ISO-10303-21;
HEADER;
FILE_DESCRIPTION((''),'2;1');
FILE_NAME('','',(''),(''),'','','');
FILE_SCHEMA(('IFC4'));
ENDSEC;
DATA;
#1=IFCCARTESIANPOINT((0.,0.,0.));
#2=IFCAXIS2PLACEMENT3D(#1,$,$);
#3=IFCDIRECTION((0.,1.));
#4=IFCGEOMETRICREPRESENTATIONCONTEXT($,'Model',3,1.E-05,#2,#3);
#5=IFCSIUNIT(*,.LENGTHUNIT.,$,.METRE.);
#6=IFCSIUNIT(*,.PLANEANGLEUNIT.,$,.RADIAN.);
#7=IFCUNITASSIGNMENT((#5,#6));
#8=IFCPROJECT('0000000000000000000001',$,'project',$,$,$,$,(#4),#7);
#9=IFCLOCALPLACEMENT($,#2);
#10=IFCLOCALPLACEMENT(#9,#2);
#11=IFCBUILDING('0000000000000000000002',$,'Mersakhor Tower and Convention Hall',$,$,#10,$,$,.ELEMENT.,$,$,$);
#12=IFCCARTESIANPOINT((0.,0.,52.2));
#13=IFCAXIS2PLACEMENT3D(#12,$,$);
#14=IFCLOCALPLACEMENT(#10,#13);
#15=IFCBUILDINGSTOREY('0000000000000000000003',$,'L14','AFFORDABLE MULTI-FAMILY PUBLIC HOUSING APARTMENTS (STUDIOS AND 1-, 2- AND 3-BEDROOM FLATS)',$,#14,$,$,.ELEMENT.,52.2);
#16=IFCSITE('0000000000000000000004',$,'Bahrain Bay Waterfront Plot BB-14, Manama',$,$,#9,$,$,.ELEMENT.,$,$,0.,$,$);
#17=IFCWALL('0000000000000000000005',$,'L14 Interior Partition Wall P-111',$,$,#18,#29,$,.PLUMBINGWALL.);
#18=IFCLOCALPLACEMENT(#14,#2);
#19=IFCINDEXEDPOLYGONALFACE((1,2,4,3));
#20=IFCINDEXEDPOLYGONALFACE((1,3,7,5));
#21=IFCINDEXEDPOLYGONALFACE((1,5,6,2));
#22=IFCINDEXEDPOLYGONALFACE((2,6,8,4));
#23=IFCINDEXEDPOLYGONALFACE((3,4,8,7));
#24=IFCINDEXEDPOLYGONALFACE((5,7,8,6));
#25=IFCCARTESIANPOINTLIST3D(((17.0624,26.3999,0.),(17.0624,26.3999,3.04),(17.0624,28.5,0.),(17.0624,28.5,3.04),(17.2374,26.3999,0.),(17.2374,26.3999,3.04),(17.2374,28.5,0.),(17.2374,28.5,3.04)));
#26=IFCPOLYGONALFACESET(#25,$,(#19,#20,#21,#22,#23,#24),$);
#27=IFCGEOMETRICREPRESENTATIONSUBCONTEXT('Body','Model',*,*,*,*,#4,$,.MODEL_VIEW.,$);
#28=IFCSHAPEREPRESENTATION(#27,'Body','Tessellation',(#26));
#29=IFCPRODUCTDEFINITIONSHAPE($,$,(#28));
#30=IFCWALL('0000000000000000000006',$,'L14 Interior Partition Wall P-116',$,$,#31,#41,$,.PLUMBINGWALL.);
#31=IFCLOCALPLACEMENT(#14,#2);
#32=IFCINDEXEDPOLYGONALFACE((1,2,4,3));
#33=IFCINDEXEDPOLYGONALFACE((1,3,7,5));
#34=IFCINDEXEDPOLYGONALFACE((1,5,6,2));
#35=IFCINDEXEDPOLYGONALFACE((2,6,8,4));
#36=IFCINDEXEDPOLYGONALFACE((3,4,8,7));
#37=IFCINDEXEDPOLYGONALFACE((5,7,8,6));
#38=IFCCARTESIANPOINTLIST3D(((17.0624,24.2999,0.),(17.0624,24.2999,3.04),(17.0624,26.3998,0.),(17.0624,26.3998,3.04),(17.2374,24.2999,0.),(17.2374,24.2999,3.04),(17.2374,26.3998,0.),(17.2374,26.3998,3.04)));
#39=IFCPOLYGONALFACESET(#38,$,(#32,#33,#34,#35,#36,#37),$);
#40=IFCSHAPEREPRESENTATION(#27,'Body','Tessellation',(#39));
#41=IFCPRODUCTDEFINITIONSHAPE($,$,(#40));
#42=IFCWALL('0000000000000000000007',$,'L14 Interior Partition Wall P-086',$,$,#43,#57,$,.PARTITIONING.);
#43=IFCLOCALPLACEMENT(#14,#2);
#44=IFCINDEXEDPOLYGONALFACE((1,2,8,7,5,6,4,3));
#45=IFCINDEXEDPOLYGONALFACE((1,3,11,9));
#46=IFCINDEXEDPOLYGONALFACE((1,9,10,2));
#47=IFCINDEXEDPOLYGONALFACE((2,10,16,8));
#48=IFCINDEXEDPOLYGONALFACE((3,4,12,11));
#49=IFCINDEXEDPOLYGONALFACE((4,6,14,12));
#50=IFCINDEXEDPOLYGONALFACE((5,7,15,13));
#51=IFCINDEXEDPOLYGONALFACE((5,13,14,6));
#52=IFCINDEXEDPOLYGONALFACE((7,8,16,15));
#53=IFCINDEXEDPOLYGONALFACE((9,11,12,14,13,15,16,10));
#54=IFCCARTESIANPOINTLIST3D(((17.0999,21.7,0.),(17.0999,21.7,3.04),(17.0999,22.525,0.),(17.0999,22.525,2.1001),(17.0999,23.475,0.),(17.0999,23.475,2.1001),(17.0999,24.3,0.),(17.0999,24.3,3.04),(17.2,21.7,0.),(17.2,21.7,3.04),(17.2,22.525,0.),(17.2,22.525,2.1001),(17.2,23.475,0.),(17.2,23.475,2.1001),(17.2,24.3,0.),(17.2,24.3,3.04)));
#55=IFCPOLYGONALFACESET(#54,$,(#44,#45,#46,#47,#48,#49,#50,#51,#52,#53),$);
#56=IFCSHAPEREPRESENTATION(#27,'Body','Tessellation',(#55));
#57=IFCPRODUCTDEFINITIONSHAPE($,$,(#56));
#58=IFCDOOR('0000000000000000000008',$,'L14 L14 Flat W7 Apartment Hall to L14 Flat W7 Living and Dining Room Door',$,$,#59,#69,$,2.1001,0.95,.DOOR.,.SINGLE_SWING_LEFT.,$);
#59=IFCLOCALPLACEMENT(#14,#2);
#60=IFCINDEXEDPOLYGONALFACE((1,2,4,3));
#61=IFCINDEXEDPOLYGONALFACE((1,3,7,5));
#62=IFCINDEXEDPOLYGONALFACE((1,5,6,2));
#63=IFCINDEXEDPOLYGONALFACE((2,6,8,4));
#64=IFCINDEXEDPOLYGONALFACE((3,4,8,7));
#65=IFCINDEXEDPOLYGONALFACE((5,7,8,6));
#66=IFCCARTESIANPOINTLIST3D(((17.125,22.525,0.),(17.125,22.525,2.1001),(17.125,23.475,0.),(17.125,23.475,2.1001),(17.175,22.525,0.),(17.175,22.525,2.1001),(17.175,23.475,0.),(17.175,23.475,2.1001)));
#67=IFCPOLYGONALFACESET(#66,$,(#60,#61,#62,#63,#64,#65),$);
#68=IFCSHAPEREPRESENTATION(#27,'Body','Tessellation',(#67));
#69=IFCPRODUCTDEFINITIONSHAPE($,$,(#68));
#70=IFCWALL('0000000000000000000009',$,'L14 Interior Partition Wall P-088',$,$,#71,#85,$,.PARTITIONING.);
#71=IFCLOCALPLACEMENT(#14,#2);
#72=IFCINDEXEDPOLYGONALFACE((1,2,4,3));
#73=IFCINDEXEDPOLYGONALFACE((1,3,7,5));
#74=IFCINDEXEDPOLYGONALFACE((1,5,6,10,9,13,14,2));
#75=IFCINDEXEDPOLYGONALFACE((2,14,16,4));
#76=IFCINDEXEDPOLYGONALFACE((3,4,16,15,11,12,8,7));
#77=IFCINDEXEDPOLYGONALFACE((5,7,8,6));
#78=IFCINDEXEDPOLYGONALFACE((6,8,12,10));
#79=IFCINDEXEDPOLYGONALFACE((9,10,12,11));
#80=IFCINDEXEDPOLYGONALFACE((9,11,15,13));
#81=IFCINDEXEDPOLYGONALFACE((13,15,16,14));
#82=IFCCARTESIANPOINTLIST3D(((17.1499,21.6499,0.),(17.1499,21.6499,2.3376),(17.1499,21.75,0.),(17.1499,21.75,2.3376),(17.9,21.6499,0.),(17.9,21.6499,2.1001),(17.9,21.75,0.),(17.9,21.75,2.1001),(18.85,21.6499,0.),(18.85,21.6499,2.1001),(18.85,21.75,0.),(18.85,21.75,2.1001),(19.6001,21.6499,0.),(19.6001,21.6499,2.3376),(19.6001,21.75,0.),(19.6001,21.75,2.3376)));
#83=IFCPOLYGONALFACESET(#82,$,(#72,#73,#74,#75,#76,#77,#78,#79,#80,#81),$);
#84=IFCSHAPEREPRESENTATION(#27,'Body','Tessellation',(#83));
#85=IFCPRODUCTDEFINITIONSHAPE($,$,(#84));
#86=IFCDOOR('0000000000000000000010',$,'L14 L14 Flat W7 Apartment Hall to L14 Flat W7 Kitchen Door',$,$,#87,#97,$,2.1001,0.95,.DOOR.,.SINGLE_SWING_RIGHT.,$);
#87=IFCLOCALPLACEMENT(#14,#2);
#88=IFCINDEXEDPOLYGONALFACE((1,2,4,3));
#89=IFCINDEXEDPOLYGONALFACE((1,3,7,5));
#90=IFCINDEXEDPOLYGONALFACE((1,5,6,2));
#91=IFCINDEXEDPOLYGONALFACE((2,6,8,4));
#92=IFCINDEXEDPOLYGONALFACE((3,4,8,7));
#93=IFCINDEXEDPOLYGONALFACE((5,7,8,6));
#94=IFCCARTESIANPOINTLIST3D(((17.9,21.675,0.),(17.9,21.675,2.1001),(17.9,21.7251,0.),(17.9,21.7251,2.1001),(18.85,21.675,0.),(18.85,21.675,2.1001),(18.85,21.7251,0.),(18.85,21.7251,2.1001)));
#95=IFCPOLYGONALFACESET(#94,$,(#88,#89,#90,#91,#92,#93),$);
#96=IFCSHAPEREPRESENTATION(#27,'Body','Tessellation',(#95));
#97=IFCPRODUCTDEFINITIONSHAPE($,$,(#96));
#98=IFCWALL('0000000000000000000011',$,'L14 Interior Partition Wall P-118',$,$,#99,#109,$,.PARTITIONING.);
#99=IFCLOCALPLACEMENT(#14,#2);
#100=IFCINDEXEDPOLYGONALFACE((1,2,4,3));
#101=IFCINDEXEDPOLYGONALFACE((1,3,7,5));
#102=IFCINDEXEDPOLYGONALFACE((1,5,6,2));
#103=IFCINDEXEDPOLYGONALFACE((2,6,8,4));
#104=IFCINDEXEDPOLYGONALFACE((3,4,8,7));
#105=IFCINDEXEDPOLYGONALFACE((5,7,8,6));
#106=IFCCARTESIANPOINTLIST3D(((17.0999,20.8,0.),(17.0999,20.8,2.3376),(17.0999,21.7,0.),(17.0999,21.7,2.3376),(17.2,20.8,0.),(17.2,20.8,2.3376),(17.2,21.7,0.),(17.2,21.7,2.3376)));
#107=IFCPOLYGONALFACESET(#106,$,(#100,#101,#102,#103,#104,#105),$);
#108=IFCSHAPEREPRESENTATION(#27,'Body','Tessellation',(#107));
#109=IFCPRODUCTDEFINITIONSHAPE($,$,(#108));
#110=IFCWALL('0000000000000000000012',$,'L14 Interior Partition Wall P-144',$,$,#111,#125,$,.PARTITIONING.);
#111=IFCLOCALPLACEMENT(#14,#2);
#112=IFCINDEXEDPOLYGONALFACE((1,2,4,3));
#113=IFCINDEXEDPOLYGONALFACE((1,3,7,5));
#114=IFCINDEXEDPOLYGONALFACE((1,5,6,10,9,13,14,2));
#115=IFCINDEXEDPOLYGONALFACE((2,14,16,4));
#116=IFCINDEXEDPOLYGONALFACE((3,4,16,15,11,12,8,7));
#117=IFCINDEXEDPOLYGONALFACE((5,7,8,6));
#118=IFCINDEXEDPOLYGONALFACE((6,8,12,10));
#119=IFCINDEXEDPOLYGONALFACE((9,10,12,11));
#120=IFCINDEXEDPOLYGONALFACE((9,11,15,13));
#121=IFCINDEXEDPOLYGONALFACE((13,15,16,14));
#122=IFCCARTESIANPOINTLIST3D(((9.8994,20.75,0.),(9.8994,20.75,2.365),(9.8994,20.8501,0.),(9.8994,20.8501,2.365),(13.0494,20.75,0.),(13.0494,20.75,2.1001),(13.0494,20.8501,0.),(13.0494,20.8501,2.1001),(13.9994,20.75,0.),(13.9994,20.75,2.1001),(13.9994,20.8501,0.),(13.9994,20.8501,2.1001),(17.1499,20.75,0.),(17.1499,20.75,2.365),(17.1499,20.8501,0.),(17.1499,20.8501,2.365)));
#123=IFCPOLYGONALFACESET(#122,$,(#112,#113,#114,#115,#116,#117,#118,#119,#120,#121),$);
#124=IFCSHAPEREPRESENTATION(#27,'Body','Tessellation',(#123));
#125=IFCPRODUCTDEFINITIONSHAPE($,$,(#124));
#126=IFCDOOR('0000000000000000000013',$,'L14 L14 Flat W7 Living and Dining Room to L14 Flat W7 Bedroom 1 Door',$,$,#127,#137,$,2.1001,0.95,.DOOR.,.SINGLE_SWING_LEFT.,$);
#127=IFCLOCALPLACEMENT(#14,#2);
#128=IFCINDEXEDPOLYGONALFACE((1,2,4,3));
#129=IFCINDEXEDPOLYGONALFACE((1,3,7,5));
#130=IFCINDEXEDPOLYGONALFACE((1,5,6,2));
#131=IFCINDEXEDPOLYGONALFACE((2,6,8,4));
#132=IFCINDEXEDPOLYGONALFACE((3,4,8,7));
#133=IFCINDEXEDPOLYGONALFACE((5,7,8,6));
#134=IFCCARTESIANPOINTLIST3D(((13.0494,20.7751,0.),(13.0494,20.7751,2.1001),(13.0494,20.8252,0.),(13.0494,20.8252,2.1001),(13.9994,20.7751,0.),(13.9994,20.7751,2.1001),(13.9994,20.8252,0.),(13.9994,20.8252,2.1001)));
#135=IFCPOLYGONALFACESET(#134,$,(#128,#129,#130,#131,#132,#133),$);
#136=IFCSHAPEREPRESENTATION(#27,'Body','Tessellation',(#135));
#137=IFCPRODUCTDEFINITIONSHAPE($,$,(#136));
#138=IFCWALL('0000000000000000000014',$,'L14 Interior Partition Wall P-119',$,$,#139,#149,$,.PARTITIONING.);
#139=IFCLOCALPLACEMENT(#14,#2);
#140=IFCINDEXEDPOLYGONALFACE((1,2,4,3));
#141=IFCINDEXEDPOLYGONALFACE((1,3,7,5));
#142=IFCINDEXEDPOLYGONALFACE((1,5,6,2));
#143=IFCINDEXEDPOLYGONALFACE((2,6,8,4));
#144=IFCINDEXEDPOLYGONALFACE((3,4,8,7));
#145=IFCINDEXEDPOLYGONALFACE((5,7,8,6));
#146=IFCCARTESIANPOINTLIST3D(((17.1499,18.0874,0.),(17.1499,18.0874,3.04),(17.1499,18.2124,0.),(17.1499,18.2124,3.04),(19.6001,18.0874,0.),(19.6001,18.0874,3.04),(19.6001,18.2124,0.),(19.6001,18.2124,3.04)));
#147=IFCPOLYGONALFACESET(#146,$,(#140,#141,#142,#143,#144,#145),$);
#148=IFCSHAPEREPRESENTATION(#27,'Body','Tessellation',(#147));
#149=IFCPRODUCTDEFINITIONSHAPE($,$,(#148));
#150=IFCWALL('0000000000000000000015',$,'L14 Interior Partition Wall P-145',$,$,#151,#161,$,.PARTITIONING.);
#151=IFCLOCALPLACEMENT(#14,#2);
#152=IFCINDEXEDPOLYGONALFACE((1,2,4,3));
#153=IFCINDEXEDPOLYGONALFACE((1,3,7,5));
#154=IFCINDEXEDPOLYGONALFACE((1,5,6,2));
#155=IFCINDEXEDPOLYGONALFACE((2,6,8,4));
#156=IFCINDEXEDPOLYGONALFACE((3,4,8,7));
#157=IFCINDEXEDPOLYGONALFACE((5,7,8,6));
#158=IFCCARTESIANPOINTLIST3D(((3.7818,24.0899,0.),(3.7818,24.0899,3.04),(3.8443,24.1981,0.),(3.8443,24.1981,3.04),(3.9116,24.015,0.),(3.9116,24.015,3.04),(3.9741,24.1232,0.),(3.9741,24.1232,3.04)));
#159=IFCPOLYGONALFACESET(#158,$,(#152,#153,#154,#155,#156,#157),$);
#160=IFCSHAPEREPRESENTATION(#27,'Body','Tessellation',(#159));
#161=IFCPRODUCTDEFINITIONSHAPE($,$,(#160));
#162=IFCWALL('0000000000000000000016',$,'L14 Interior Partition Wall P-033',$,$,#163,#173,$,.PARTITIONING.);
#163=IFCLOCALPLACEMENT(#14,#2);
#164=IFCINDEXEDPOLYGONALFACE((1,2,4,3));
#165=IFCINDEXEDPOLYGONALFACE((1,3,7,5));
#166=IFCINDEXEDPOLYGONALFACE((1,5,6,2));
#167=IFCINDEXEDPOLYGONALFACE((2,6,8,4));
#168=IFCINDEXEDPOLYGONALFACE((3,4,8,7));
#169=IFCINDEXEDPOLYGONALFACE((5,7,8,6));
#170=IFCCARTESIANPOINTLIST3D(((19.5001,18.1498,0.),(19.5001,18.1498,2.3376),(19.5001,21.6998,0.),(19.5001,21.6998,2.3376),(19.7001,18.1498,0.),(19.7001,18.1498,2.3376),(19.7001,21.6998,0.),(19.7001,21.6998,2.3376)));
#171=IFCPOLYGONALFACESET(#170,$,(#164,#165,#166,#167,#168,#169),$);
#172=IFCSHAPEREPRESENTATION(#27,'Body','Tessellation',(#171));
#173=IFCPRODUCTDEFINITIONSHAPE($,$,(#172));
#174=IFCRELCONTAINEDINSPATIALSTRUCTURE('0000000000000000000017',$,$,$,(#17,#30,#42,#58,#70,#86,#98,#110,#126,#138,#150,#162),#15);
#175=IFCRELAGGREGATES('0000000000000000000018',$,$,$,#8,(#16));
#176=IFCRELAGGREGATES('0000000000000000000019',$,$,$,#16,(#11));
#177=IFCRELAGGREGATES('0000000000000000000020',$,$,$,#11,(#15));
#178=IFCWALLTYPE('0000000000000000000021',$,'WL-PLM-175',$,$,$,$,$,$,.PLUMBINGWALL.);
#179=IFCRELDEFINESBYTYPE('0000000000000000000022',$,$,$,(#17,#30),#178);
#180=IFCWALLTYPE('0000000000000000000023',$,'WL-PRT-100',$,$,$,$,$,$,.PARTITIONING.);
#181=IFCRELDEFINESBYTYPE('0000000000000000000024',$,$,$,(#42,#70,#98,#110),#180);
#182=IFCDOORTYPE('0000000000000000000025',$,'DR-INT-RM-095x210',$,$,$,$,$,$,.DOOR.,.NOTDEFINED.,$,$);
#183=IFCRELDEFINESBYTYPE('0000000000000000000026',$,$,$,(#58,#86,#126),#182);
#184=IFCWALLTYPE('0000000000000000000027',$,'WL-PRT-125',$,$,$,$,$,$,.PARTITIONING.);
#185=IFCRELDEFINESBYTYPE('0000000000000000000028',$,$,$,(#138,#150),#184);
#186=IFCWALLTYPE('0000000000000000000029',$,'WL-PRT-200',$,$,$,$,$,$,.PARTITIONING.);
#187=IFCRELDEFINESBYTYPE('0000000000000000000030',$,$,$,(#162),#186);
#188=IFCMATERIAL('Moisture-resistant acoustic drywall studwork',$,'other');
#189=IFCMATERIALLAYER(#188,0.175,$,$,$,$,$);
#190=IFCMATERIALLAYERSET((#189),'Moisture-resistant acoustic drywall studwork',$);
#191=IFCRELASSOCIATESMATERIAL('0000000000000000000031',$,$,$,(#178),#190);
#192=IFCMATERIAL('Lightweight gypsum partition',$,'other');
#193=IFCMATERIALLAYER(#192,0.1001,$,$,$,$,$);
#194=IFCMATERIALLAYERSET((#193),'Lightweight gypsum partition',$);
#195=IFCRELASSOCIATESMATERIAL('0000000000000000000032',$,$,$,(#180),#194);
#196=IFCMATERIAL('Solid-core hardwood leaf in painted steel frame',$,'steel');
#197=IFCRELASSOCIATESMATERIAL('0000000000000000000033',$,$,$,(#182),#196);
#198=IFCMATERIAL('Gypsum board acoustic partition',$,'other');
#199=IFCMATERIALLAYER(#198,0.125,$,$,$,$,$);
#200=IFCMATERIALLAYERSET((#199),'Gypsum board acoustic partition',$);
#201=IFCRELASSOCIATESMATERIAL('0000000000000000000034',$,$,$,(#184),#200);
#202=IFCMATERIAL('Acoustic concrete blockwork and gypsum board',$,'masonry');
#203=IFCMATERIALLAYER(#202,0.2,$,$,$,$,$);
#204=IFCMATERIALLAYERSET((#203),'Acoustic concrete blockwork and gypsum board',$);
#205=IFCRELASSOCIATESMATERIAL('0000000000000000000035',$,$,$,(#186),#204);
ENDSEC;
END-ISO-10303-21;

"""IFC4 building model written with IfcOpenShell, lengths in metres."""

from ifc_helpers import new_model, si_unit, direction, frame, frame_2d, origin, place, context, subcontext, project, spatial, rectangle, extrude, material, layer, layer_set, type_object, element, fill, save


model = new_model("IFC4")

# Units and contexts
model_context = context("Model", 3, precision=1e-05, world=origin(), true_north=direction((0.0, 1.0)))
body_context = subcontext(model_context, "Body", "Model", "MODEL_VIEW")
ifc_project = project(units=[si_unit("LENGTHUNIT", "METRE"), si_unit("PLANEANGLEUNIT", "RADIAN")], contexts=[model_context])

# Site, building, storey
site_placement = place(None, origin())
site = spatial("IfcSite", under=ifc_project, at=site_placement, Name="Bahrain Bay Waterfront Plot BB-14, Manama", CompositionType="ELEMENT", RefElevation=0.0)
building_placement = place(site_placement, origin())
building = spatial("IfcBuilding", under=site, at=building_placement, Name="Mersakhor Tower and Convention Hall", CompositionType="ELEMENT")
storey_placement = place(building_placement, frame((0.0, 0.0, 52.2)))
storey = spatial("IfcBuildingStorey", under=building, at=storey_placement, Name="L14", Description="AFFORDABLE MULTI-FAMILY PUBLIC HOUSING APARTMENTS (STUDIOS AND 1-, 2- AND 3-BEDROOM FLATS)", CompositionType="ELEMENT", Elevation=52.2)

# Shared definitions
ifc_material_1 = material(Name="Moisture-resistant acoustic drywall studwork", Category="other")
ifc_layer_1 = layer(ifc_material_1, 0.175)
ifc_layer_set_1 = layer_set([ifc_layer_1], Name="Moisture-resistant acoustic drywall studwork")
wall_type_1 = type_object("IfcWallType", Name="WL-PLM-175", PredefinedType="PLUMBINGWALL", material=ifc_layer_set_1)

# Walls
wall_1_placement = place(storey_placement, frame((17.1499, 26.3999, 0.0), z_axis=(0.0, 0.0, 1.0), x_axis=(0.0, 1.0, 0.0)))
element("IfcWall", 1, at=wall_1_placement, inside=storey, type_object=wall_type_1, Name="L14 Interior Partition Wall P-111", PredefinedType="PLUMBINGWALL", context=body_context, shape_type="SweptSolid", body=[
    extrude(rectangle(XDim=2.1001, YDim=0.175, at=frame_2d((1.05, 0.0))), origin(), (0.0, 0.0, 1.0), 3.04),
])
wall_2_placement = place(storey_placement, frame((17.1499, 24.3, 0.0), z_axis=(0.0, 0.0, 1.0), x_axis=(0.0, 1.0, 0.0)))
element("IfcWall", 2, at=wall_2_placement, inside=storey, type_object=wall_type_1, Name="L14 Interior Partition Wall P-116", PredefinedType="PLUMBINGWALL", context=body_context, shape_type="SweptSolid", body=[
    extrude(rectangle(XDim=2.0999, YDim=0.175, at=frame_2d((1.0498, 0.0))), origin(), (0.0, 0.0, 1.0), 3.04),
])

# Walls, openings, doors
ifc_material_2 = material(Name="Lightweight gypsum partition", Category="other")
ifc_layer_2 = layer(ifc_material_2, 0.1001)
ifc_layer_set_2 = layer_set([ifc_layer_2], Name="Lightweight gypsum partition")
wall_type_2 = type_object("IfcWallType", Name="WL-PRT-100", PredefinedType="PARTITIONING", material=ifc_layer_set_2)
wall_3_placement = place(storey_placement, frame((17.1499, 21.7, 0.0), z_axis=(0.0, 0.0, 1.0), x_axis=(0.0, 1.0, 0.0)))
wall_3 = element("IfcWall", 3, at=wall_3_placement, inside=storey, type_object=wall_type_2, Name="L14 Interior Partition Wall P-086", PredefinedType="PARTITIONING", context=body_context, shape_type="SweptSolid", body=[
    extrude(rectangle(XDim=2.6001, YDim=0.1001, at=frame_2d((1.3, 0.0))), origin(), (0.0, 0.0, 1.0), 3.04),
])
opening_1_placement = place(wall_3_placement, frame((0.825, 0.0, 0.0)))
opening_1 = element("IfcOpeningElement", 4, at=opening_1_placement, cuts=wall_3, PredefinedType="OPENING", context=body_context, shape_type="SweptSolid", body=[
    extrude(rectangle(XDim=0.95, YDim=2.1001, at=frame_2d((0.4751, 1.05))), frame((0.0, 0.0601, 0.0), z_axis=(0.0, -1.0, 0.0), x_axis=(1.0, 0.0, 0.0)), (0.0, 0.0, 1.0), 0.1201),
])
ifc_material_3 = material(Name="Solid-core hardwood leaf in painted steel frame", Category="steel")
door_type_1 = type_object("IfcDoorType", Name="DR-INT-RM-095x210", OperationType="NOTDEFINED", PredefinedType="DOOR", material=ifc_material_3)
door_1_placement = place(opening_1_placement, origin())
door_1 = element("IfcDoor", 5, at=door_1_placement, inside=storey, type_object=door_type_1, Name="L14 L14 Flat W7 Apartment Hall to L14 Flat W7 Living and Dining Room Door", OperationType="SINGLE_SWING_LEFT", OverallHeight=2.1001, OverallWidth=0.95, PredefinedType="DOOR", context=body_context, shape_type="SweptSolid", body=[
    extrude(rectangle(XDim=0.95, YDim=2.1001, at=frame_2d((0.4751, 1.05))), frame((0.0, 0.0249, 0.0), z_axis=(0.0, -1.0, 0.0), x_axis=(1.0, 0.0, 0.0)), (0.0, 0.0, 1.0), 0.05),
])
fill(opening_1, door_1)
wall_4_placement = place(storey_placement, frame((19.6001, 21.7, 0.0), z_axis=(0.0, 0.0, 1.0), x_axis=(-1.0, 0.0, 0.0)))
wall_4 = element("IfcWall", 6, at=wall_4_placement, inside=storey, type_object=wall_type_2, Name="L14 Interior Partition Wall P-088", PredefinedType="PARTITIONING", context=body_context, shape_type="SweptSolid", body=[
    extrude(rectangle(XDim=2.4502, YDim=0.1001, at=frame_2d((1.2251, 0.0))), origin(), (0.0, 0.0, 1.0), 2.3376),
])
opening_2_placement = place(wall_4_placement, frame((0.75, 0.0, 0.0)))
opening_2 = element("IfcOpeningElement", 7, at=opening_2_placement, cuts=wall_4, PredefinedType="OPENING", context=body_context, shape_type="SweptSolid", body=[
    extrude(rectangle(XDim=0.95, YDim=2.1001, at=frame_2d((0.4751, 1.05))), frame((0.0, 0.0601, 0.0), z_axis=(0.0, -1.0, 0.0), x_axis=(1.0, 0.0, 0.0)), (0.0, 0.0, 1.0), 0.1201),
])
door_2_placement = place(opening_2_placement, origin())
door_2 = element("IfcDoor", 8, at=door_2_placement, inside=storey, type_object=door_type_1, Name="L14 L14 Flat W7 Apartment Hall to L14 Flat W7 Kitchen Door", OperationType="SINGLE_SWING_RIGHT", OverallHeight=2.1001, OverallWidth=0.95, PredefinedType="DOOR", context=body_context, shape_type="SweptSolid", body=[
    extrude(rectangle(XDim=0.95, YDim=2.1001, at=frame_2d((0.4751, 1.05))), frame((0.0, 0.0249, 0.0), z_axis=(0.0, -1.0, 0.0), x_axis=(1.0, 0.0, 0.0)), (0.0, 0.0, 1.0), 0.05),
])
fill(opening_2, door_2)

# Wall
wall_5_placement = place(storey_placement, frame((17.1499, 20.8, 0.0), z_axis=(0.0, 0.0, 1.0), x_axis=(0.0, 1.0, 0.0)))
element("IfcWall", 9, at=wall_5_placement, inside=storey, type_object=wall_type_2, Name="L14 Interior Partition Wall P-118", PredefinedType="PARTITIONING", context=body_context, shape_type="SweptSolid", body=[
    extrude(rectangle(XDim=0.8999, YDim=0.1001, at=frame_2d((0.45, 0.0))), origin(), (0.0, 0.0, 1.0), 2.3376),
])

# Wall, opening, door
wall_6_placement = place(storey_placement, frame((17.1499, 20.8, 0.0), z_axis=(0.0, 0.0, 1.0), x_axis=(-1.0, 0.0, 0.0)))
wall_6 = element("IfcWall", 10, at=wall_6_placement, inside=storey, type_object=wall_type_2, Name="L14 Interior Partition Wall P-144", PredefinedType="PARTITIONING", context=body_context, shape_type="SweptSolid", body=[
    extrude(rectangle(XDim=7.2505, YDim=0.1001, at=frame_2d((3.6252, 0.0))), origin(), (0.0, 0.0, 1.0), 2.365),
])
opening_3_placement = place(wall_6_placement, frame((3.1504, 0.0, 0.0)))
opening_3 = element("IfcOpeningElement", 11, at=opening_3_placement, cuts=wall_6, PredefinedType="OPENING", context=body_context, shape_type="SweptSolid", body=[
    extrude(rectangle(XDim=0.95, YDim=2.1001, at=frame_2d((0.4751, 1.05))), frame((0.0, 0.0601, 0.0), z_axis=(0.0, -1.0, 0.0), x_axis=(1.0, 0.0, 0.0)), (0.0, 0.0, 1.0), 0.1201),
])
door_3_placement = place(opening_3_placement, origin())
door_3 = element("IfcDoor", 12, at=door_3_placement, inside=storey, type_object=door_type_1, Name="L14 L14 Flat W7 Living and Dining Room to L14 Flat W7 Bedroom 1 Door", OperationType="SINGLE_SWING_LEFT", OverallHeight=2.1001, OverallWidth=0.95, PredefinedType="DOOR", context=body_context, shape_type="SweptSolid", body=[
    extrude(rectangle(XDim=0.95, YDim=2.1001, at=frame_2d((0.4751, 1.05))), frame((0.0, 0.0249, 0.0), z_axis=(0.0, -1.0, 0.0), x_axis=(1.0, 0.0, 0.0)), (0.0, 0.0, 1.0), 0.05),
])
fill(opening_3, door_3)

# Walls
ifc_material_4 = material(Name="Gypsum board acoustic partition", Category="other")
ifc_layer_3 = layer(ifc_material_4, 0.125)
ifc_layer_set_3 = layer_set([ifc_layer_3], Name="Gypsum board acoustic partition")
wall_type_3 = type_object("IfcWallType", Name="WL-PRT-125", PredefinedType="PARTITIONING", material=ifc_layer_set_3)
wall_7_placement = place(storey_placement, frame((19.6001, 18.1499, 0.0), z_axis=(0.0, 0.0, 1.0), x_axis=(-1.0, 0.0, 0.0)))
element("IfcWall", 13, at=wall_7_placement, inside=storey, type_object=wall_type_3, Name="L14 Interior Partition Wall P-119", PredefinedType="PARTITIONING", context=body_context, shape_type="SweptSolid", body=[
    extrude(rectangle(XDim=2.4502, YDim=0.125, at=frame_2d((1.2251, 0.0))), origin(), (0.0, 0.0, 1.0), 3.04),
])
wall_8_placement = place(storey_placement, frame((3.9429, 24.0691, 0.0), z_axis=(0.0, 0.0, 1.0), x_axis=(-0.866131, 0.499816, 0.0)))
element("IfcWall", 14, at=wall_8_placement, inside=storey, type_object=wall_type_3, Name="L14 Interior Partition Wall P-145", PredefinedType="PARTITIONING", context=body_context, shape_type="SweptSolid", body=[
    extrude(rectangle(XDim=0.1499, YDim=0.125, at=frame_2d((0.075, 0.0))), origin(), (0.0, 0.0, 1.0), 3.04),
])
ifc_material_5 = material(Name="Acoustic concrete blockwork and gypsum board", Category="masonry")
ifc_layer_4 = layer(ifc_material_5, 0.2)
ifc_layer_set_4 = layer_set([ifc_layer_4], Name="Acoustic concrete blockwork and gypsum board")
wall_type_4 = type_object("IfcWallType", Name="WL-PRT-200", PredefinedType="PARTITIONING", material=ifc_layer_set_4)
wall_9_placement = place(storey_placement, frame((19.6001, 18.1499, 0.0), z_axis=(0.0, 0.0, 1.0), x_axis=(0.0, 1.0, 0.0)))
element("IfcWall", 15, at=wall_9_placement, inside=storey, type_object=wall_type_4, Name="L14 Interior Partition Wall P-033", PredefinedType="PARTITIONING", context=body_context, shape_type="SweptSolid", body=[
    extrude(rectangle(XDim=3.55, YDim=0.2, at=frame_2d((1.7749, 0.0))), origin(), (0.0, 0.0, 1.0), 2.3376),
])

save(model, "model.ifc")
